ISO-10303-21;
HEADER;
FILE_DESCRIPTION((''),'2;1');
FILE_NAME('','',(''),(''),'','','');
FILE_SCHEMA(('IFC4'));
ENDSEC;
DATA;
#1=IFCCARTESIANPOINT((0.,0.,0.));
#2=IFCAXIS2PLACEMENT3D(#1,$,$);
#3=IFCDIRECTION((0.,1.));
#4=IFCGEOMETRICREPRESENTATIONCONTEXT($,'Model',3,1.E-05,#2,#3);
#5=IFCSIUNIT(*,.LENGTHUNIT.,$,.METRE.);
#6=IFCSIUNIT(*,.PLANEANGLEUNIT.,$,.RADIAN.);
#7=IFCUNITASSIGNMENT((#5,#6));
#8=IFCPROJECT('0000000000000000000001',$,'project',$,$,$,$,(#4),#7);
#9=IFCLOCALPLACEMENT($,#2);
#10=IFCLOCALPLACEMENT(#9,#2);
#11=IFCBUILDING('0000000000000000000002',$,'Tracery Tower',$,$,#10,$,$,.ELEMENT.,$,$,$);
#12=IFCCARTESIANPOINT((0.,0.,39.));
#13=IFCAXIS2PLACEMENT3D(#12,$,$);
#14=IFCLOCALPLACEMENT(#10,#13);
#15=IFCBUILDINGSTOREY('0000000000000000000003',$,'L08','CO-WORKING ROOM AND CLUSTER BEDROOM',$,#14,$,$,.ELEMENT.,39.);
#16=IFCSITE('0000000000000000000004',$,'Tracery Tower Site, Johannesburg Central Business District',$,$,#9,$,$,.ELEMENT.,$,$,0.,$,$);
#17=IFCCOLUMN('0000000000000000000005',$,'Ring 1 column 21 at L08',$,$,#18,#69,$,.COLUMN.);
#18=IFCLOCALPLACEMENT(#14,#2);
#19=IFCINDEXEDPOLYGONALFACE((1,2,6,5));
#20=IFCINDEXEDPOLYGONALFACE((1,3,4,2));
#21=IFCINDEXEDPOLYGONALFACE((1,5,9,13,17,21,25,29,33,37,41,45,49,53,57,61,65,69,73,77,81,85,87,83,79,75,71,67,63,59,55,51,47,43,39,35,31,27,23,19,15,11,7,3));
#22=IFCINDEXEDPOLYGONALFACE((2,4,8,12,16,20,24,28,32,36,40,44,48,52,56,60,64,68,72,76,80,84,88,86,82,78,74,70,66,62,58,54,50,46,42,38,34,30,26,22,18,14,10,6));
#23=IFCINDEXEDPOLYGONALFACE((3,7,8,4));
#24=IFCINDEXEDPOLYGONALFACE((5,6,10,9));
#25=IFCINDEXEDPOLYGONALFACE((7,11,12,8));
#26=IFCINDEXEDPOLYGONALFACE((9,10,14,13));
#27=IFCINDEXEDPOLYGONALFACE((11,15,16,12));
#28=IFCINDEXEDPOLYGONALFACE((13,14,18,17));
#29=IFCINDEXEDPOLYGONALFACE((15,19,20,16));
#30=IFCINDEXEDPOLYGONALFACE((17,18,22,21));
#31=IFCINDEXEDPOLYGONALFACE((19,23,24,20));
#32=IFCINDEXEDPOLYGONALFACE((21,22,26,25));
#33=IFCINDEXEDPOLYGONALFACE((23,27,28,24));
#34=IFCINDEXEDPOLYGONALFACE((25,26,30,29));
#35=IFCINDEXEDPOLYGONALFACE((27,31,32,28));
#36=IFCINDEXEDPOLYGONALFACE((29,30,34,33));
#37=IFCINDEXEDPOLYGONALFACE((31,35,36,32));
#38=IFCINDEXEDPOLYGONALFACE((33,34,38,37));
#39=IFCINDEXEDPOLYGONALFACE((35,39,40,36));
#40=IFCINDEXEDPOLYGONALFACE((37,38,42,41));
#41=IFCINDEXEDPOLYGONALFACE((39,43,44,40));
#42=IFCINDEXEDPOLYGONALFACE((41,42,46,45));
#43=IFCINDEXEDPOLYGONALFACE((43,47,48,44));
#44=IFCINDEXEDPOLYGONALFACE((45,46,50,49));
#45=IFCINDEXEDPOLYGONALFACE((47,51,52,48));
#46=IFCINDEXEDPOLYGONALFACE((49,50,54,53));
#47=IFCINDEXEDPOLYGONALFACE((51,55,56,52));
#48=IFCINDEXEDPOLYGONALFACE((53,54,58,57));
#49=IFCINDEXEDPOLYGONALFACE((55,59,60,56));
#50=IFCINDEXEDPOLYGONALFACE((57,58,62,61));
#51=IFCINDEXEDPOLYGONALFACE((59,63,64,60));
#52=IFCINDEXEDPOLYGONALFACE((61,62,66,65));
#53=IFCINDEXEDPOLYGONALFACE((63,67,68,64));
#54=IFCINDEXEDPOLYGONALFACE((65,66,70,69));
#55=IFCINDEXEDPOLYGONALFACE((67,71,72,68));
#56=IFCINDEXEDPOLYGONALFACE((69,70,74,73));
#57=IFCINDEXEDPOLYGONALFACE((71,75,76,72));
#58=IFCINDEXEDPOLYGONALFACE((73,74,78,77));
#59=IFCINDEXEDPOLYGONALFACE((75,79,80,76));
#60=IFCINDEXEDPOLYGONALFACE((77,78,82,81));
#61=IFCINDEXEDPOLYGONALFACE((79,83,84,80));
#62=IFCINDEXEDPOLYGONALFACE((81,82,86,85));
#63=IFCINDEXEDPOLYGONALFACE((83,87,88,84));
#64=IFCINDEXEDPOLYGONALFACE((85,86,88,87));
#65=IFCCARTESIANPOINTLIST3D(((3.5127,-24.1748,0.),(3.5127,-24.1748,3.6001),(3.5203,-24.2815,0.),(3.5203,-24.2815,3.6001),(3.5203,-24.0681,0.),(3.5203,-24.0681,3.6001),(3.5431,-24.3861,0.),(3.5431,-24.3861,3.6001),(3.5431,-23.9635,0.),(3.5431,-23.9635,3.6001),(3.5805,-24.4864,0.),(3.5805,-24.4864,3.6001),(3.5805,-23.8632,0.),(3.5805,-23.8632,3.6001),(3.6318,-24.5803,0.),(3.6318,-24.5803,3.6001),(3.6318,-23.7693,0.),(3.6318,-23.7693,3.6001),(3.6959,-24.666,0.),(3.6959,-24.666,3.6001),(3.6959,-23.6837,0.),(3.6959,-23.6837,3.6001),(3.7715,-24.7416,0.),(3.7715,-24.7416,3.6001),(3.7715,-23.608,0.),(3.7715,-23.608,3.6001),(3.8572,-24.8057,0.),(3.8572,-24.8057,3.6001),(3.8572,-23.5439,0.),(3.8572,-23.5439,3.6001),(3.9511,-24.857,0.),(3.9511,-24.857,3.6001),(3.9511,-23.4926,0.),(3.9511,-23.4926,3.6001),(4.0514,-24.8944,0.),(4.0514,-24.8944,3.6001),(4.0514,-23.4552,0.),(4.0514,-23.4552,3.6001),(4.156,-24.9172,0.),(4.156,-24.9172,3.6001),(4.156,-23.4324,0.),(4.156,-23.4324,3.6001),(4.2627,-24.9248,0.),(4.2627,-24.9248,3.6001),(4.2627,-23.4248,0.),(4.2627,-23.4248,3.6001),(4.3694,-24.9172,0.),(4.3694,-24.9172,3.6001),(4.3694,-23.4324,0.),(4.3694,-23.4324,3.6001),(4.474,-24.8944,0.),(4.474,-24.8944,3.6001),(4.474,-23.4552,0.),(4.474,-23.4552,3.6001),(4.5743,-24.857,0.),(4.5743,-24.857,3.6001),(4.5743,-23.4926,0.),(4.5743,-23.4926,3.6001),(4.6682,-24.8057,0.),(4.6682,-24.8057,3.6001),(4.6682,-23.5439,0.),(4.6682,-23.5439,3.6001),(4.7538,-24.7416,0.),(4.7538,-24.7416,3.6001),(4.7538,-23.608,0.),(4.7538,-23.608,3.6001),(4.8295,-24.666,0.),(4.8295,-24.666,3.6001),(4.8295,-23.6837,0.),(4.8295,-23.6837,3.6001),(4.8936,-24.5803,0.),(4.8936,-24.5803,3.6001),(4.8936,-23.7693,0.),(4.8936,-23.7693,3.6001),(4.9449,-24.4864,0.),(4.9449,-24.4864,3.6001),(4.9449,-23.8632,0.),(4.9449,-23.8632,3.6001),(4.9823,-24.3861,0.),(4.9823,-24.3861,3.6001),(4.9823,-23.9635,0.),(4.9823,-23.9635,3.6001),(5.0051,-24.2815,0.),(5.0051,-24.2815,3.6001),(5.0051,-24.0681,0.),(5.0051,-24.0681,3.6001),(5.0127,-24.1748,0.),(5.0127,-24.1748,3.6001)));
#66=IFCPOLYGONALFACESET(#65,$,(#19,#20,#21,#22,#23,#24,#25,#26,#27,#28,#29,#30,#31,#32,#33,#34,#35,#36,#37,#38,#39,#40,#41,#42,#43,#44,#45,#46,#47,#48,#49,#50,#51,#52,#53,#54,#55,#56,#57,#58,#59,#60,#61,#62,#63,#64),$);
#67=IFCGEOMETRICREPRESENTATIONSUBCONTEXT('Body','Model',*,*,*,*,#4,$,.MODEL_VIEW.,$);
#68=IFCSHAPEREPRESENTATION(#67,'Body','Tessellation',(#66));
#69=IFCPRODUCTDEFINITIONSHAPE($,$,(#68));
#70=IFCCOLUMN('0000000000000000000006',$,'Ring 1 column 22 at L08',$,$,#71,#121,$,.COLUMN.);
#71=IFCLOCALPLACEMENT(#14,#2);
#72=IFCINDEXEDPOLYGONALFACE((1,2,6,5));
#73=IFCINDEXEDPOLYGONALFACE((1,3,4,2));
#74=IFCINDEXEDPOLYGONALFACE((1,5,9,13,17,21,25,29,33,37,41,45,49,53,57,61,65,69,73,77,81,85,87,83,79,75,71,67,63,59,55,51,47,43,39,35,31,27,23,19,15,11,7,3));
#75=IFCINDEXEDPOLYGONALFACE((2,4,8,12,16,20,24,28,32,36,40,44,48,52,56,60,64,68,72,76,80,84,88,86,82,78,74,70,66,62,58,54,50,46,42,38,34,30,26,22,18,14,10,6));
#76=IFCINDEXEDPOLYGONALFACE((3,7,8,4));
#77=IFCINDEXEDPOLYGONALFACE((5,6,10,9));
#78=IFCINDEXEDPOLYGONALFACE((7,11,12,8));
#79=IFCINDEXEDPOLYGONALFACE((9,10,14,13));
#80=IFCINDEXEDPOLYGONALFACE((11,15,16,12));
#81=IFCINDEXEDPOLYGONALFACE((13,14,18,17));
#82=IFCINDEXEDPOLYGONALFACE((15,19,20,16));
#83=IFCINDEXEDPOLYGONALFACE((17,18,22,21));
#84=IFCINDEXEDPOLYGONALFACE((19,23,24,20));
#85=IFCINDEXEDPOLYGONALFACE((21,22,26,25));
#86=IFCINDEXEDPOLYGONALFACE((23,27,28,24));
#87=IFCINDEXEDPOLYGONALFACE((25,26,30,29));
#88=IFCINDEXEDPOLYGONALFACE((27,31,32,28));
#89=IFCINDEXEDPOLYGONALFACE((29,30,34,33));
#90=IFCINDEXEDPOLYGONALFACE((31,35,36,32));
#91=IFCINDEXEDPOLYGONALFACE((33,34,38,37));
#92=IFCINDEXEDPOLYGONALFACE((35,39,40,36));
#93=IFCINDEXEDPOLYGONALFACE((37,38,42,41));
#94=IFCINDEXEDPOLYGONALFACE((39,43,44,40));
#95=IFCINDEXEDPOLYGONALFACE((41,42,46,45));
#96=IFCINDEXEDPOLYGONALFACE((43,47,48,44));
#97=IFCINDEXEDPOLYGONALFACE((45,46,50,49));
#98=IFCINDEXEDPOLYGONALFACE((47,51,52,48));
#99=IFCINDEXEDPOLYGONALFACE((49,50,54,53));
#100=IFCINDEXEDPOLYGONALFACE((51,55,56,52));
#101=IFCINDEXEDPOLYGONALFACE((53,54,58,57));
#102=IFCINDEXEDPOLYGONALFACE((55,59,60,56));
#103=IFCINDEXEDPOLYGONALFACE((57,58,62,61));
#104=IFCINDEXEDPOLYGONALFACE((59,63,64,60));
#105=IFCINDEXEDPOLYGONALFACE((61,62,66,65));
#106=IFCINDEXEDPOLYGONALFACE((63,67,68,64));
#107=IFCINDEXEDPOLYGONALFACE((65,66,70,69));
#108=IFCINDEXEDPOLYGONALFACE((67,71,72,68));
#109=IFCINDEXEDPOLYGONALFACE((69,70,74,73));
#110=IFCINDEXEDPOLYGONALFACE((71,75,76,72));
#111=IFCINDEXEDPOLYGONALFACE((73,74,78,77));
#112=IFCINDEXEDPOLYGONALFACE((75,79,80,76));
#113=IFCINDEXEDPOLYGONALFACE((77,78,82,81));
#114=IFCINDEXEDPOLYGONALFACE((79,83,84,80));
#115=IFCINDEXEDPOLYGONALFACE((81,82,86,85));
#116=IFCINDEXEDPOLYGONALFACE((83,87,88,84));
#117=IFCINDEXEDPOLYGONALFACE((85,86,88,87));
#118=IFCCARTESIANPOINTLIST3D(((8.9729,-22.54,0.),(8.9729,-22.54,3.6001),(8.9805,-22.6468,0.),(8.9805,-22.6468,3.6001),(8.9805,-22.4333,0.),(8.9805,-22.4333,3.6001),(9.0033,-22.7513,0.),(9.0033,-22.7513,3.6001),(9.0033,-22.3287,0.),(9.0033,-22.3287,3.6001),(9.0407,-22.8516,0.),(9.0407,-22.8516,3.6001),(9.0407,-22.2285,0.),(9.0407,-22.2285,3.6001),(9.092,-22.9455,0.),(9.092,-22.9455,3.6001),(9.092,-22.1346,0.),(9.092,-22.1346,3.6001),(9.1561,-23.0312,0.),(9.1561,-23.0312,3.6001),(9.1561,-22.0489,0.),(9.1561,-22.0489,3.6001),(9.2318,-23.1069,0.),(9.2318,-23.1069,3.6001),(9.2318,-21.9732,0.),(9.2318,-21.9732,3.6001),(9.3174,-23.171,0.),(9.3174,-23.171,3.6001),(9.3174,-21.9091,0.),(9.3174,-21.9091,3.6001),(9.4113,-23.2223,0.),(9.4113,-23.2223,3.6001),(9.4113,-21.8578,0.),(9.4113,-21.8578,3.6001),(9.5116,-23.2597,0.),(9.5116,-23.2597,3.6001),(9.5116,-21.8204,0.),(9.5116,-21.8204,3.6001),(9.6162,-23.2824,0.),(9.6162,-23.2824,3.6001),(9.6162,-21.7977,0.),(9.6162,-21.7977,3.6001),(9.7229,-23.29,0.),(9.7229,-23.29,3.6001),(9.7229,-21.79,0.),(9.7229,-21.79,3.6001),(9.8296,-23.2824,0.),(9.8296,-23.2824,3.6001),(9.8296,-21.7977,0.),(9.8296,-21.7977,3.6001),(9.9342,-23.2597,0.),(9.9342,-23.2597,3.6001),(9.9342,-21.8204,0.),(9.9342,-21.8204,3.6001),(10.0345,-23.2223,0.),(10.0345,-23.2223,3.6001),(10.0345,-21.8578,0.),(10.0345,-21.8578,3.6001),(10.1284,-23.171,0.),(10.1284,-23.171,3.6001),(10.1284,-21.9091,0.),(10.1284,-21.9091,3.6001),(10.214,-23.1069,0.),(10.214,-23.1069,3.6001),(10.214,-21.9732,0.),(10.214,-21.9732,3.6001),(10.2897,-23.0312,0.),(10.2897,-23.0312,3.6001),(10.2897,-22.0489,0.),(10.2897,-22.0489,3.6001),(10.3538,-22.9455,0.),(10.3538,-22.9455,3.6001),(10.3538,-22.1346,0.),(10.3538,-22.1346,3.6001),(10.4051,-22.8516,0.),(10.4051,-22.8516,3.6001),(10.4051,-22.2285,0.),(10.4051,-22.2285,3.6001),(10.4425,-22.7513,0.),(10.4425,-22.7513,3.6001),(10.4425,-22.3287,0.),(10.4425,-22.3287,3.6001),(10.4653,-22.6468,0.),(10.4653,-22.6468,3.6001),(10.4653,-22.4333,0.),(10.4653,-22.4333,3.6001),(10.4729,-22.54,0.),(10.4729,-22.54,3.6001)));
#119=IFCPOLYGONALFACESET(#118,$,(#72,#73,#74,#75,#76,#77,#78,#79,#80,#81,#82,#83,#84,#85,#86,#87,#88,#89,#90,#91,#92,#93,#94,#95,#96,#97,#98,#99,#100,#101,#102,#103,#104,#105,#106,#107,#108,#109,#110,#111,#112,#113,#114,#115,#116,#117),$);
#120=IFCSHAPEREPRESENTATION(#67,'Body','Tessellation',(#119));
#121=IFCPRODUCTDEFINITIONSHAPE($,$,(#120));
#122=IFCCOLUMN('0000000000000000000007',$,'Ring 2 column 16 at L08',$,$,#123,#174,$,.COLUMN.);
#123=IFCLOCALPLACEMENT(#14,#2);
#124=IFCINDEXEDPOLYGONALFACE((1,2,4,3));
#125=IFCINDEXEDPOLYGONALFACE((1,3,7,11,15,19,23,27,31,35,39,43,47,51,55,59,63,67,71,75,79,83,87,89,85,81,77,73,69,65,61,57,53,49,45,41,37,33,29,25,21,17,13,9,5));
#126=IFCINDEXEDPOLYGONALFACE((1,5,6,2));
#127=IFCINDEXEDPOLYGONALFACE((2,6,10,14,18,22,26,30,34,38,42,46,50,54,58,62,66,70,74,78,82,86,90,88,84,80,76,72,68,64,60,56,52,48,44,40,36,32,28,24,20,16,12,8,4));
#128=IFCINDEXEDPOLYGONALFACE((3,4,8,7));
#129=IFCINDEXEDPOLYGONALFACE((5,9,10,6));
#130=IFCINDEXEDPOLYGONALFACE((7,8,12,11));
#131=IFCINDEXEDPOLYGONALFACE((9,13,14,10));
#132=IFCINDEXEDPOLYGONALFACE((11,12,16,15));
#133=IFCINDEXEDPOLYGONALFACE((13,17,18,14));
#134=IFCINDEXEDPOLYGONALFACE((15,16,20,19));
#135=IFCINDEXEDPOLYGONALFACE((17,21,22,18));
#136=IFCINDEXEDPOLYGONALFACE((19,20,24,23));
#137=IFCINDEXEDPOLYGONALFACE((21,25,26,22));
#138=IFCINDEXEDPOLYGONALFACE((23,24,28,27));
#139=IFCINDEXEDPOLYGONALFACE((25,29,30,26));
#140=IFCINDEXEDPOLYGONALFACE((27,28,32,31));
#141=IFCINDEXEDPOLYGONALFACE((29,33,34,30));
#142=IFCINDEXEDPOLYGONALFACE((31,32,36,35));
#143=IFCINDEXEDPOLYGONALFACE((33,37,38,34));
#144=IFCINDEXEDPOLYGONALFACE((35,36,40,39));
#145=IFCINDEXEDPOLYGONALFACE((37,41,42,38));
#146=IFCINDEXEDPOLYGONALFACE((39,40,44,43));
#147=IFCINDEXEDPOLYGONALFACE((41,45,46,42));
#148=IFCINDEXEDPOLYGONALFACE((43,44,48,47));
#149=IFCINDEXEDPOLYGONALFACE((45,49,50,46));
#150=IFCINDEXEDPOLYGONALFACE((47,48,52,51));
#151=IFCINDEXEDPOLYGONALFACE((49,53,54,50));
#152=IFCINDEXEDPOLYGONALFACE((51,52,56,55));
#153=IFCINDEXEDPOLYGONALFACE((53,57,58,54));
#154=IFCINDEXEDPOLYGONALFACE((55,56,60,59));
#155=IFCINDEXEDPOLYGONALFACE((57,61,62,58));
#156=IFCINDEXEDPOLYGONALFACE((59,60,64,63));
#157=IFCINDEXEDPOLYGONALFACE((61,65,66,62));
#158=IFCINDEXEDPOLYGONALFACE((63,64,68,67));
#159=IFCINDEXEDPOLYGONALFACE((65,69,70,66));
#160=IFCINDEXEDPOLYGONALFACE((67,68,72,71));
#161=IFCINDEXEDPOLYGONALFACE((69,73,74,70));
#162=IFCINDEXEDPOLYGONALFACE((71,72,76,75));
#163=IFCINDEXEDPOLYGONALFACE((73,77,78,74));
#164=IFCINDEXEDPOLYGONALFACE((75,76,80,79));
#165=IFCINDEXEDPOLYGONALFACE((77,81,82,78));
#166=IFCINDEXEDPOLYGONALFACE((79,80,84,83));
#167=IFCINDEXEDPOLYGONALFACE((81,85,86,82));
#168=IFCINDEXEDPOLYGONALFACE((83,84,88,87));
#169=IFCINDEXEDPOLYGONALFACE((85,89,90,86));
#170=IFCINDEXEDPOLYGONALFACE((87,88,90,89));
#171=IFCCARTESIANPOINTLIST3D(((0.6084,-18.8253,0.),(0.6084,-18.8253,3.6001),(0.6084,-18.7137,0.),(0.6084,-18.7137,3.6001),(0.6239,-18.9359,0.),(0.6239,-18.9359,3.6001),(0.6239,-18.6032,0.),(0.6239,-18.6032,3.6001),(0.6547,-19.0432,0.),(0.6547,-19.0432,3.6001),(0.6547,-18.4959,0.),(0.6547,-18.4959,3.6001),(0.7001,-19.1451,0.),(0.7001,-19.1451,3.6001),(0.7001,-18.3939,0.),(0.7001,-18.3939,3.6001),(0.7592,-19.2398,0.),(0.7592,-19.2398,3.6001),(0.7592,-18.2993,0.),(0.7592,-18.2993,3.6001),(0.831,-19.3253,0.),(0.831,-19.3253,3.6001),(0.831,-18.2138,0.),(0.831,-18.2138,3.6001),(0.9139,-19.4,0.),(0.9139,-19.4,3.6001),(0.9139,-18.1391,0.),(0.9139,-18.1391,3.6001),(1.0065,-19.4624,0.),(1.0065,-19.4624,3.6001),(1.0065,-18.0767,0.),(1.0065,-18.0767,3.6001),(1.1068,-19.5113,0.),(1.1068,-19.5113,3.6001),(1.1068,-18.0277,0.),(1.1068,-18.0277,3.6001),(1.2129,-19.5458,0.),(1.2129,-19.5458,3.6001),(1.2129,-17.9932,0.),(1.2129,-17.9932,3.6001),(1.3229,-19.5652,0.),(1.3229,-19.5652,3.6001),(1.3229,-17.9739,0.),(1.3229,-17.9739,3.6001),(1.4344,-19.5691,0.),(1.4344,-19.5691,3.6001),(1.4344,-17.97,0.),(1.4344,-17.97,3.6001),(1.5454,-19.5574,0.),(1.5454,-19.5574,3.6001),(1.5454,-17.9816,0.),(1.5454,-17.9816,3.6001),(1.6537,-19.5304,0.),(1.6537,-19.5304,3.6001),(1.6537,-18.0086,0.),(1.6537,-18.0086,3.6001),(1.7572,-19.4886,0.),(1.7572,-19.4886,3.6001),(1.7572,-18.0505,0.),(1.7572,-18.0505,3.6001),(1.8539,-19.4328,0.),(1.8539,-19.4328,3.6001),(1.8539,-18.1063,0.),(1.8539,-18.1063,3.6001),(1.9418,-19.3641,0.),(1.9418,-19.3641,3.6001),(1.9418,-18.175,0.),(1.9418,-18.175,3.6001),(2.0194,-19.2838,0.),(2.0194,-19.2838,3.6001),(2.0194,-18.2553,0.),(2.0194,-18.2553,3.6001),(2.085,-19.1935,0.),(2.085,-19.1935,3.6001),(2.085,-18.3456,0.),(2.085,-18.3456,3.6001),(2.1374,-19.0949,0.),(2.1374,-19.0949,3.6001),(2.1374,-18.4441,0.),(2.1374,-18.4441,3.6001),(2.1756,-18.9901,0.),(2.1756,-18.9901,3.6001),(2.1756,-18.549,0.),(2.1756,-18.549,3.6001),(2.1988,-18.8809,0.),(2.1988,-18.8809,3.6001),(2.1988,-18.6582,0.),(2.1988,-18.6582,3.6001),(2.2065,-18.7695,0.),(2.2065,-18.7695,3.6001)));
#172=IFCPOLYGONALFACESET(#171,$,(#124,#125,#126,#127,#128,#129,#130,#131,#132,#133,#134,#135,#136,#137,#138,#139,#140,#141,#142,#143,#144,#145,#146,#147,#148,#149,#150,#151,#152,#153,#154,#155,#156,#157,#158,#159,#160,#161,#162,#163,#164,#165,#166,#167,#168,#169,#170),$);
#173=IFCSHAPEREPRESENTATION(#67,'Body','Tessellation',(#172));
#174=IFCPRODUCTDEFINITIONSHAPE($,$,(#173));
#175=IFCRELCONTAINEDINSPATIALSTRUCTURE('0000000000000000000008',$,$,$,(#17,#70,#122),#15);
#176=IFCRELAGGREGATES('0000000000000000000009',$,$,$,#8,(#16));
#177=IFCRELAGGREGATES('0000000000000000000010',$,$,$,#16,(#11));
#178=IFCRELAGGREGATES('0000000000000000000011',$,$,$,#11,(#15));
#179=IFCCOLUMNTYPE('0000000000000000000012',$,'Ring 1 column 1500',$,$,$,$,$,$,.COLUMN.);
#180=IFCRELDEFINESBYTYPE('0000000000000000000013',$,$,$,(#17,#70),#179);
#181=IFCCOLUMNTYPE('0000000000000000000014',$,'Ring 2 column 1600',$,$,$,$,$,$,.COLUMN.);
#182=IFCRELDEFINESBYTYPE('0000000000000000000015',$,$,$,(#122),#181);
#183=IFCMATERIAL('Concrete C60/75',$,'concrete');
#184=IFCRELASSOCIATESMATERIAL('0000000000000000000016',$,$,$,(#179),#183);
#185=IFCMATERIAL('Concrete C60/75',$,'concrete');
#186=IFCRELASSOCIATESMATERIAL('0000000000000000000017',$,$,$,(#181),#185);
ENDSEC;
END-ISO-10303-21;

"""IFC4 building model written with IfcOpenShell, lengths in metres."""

from ifc_helpers import new_model, si_unit, direction, frame, origin, origin_2d, place, context, subcontext, project, spatial, circle, extrude, material, material_profile, profile_set, type_object, element, save


model = new_model("IFC4")

# Units and contexts
model_context = context("Model", 3, precision=1e-05, world=origin(), true_north=direction((0.0, 1.0)))
body_context = subcontext(model_context, "Body", "Model", "MODEL_VIEW")
ifc_project = project(units=[si_unit("LENGTHUNIT", "METRE"), si_unit("PLANEANGLEUNIT", "RADIAN")], contexts=[model_context])

# Site, building, storey
site_placement = place(None, origin())
site = spatial("IfcSite", under=ifc_project, at=site_placement, Name="Tracery Tower Site, Johannesburg Central Business District", CompositionType="ELEMENT", RefElevation=0.0)
building_placement = place(site_placement, origin())
building = spatial("IfcBuilding", under=site, at=building_placement, Name="Tracery Tower", CompositionType="ELEMENT")
storey_placement = place(building_placement, frame((0.0, 0.0, 39.0)))
storey = spatial("IfcBuildingStorey", under=building, at=storey_placement, Name="L08", Description="CO-WORKING ROOM AND CLUSTER BEDROOM", CompositionType="ELEMENT", Elevation=39.0)

# Columns
ifc_material_1 = material(Name="Concrete C60/75", Category="concrete")
ifc_material_profile_1 = material_profile(ifc_material_1, circle(Radius=0.75, at=origin_2d()), Name="RC D1500")
ifc_profile_set_1 = profile_set([ifc_material_profile_1], Name="Concrete C60/75")
column_type_1 = type_object("IfcColumnType", Name="Ring 1 column 1500", PredefinedType="COLUMN", material=ifc_profile_set_1)
for number, where, z_axis, x_axis, name in (
    (1, (4.2627, -24.1748, 0.0), (0.0, 0.0, 1.0), (1.0, 0.0, 0.0), "Ring 1 column 21 at L08"),
    (2, (9.7229, -22.54, 0.0), (0.0, 0.0, 1.0), (1.0, 0.0, 0.0), "Ring 1 column 22 at L08"),
):
    element("IfcColumn", number, at=place(storey_placement, frame(where, z_axis=z_axis, x_axis=x_axis)), inside=storey, type_object=column_type_1, Name=name, PredefinedType="COLUMN", context=body_context, shape_type="SweptSolid", body=[
        extrude(circle(Radius=0.75, at=origin_2d()), origin(), (0.0, 0.0, 1.0), 3.6001),
    ])
ifc_material_2 = material(Name="Concrete C60/75", Category="concrete")
ifc_material_profile_2 = material_profile(ifc_material_2, circle(Radius=0.8, at=origin_2d()), Name="RC D1600")
ifc_profile_set_2 = profile_set([ifc_material_profile_2], Name="Concrete C60/75")
column_type_2 = type_object("IfcColumnType", Name="Ring 2 column 1600", PredefinedType="COLUMN", material=ifc_profile_set_2)
for number, where, z_axis, x_axis, name in (
    (3, (1.4065, -18.7695, 0.0), (0.0, 0.0, 1.0), (1.0, 0.0, 0.0), "Ring 2 column 16 at L08"),
):
    element("IfcColumn", number, at=place(storey_placement, frame(where, z_axis=z_axis, x_axis=x_axis)), inside=storey, type_object=column_type_2, Name=name, PredefinedType="COLUMN", context=body_context, shape_type="SweptSolid", body=[
        extrude(circle(Radius=0.8, at=origin_2d()), origin(), (0.0, 0.0, 1.0), 3.6001),
    ])

save(model, "model.ifc")
